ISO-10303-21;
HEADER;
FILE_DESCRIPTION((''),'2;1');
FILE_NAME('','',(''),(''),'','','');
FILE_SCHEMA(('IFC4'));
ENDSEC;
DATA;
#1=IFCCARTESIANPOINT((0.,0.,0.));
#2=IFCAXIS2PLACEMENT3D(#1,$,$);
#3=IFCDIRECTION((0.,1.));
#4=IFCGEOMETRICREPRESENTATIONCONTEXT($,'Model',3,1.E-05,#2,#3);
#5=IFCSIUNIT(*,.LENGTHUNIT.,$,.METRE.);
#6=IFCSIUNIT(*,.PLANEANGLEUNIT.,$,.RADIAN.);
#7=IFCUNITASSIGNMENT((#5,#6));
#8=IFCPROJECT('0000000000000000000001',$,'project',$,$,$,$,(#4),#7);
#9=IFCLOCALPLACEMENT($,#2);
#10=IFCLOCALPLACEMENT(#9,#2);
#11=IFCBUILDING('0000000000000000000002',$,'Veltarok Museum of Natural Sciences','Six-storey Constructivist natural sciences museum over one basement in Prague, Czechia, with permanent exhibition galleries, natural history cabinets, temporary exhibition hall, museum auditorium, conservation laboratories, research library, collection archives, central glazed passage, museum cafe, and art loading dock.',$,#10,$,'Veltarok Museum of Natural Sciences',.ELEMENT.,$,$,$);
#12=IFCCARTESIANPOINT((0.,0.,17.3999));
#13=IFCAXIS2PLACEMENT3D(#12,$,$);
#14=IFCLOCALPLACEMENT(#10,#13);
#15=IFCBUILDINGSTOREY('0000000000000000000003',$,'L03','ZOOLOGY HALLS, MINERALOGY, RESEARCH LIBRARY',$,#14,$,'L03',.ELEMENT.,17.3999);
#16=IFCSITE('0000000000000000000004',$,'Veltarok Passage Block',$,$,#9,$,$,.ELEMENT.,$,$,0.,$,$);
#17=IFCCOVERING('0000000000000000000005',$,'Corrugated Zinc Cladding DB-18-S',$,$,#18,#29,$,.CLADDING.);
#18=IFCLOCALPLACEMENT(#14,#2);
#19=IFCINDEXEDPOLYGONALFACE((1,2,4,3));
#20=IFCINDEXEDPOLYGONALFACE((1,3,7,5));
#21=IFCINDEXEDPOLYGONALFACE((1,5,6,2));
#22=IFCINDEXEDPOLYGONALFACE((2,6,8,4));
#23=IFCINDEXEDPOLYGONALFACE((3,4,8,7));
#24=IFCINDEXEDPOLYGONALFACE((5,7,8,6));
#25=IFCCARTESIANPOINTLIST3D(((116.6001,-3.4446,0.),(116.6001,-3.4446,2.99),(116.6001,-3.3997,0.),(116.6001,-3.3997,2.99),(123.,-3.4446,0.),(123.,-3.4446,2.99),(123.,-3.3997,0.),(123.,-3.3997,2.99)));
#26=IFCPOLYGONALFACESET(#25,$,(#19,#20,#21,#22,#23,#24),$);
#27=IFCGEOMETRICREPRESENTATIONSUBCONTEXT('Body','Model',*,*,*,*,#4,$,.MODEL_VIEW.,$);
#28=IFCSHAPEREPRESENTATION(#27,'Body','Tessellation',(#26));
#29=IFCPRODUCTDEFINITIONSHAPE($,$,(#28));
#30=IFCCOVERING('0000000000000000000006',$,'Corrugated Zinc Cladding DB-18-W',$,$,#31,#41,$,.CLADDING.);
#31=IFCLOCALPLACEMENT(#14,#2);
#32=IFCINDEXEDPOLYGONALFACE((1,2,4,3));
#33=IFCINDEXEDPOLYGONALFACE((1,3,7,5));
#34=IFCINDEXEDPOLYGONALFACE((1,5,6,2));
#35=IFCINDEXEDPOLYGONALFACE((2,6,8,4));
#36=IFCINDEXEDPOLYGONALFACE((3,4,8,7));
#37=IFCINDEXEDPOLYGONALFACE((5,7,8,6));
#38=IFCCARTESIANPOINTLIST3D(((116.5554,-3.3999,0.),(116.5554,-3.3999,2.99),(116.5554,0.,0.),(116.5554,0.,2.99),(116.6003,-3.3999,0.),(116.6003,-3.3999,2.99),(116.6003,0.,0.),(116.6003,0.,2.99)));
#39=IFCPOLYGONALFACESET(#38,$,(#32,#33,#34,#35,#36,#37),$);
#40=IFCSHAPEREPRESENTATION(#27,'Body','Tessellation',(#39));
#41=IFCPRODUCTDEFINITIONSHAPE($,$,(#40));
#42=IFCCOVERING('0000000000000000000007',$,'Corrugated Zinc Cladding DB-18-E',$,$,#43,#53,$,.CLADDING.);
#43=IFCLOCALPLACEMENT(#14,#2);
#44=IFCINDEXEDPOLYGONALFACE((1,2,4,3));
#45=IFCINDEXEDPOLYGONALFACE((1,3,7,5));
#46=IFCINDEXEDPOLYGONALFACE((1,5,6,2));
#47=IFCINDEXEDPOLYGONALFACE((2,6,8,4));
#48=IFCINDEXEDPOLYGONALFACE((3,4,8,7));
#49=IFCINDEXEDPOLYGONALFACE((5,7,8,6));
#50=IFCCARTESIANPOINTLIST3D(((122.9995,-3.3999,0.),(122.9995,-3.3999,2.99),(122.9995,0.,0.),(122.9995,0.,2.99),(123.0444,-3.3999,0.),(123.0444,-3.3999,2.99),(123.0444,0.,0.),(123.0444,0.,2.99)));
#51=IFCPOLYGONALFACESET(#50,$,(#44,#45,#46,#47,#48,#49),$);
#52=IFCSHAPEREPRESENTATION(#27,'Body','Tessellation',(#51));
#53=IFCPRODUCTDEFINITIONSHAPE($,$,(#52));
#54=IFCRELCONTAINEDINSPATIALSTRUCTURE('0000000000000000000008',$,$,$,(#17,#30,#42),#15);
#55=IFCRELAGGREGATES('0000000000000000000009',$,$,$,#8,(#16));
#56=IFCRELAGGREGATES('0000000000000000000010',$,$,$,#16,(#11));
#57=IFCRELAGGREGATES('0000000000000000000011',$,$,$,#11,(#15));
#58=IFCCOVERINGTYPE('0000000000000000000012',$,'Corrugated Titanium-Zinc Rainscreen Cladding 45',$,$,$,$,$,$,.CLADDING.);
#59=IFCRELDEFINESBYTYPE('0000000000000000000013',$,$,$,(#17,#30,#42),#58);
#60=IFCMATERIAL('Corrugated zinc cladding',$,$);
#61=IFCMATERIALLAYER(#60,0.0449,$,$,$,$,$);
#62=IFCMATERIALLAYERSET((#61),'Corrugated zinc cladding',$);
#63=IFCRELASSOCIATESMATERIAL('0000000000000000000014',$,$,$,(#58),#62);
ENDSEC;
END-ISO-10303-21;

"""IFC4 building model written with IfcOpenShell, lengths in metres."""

from ifc_helpers import new_model, si_unit, direction, frame, frame_2d, origin, place, context, subcontext, project, spatial, rectangle, extrude, material, layer, layer_set, type_object, element, save


model = new_model("IFC4")

# Units and contexts
model_context = context("Model", 3, precision=1e-05, world=origin(), true_north=direction((0.0, 1.0)))
body_context = subcontext(model_context, "Body", "Model", "MODEL_VIEW")
ifc_project = project(units=[si_unit("LENGTHUNIT", "METRE"), si_unit("PLANEANGLEUNIT", "RADIAN")], contexts=[model_context])

# Site, building, storey
site_placement = place(None, origin())
site = spatial("IfcSite", under=ifc_project, at=site_placement, Name="Veltarok Passage Block", CompositionType="ELEMENT", RefElevation=0.0)
building_placement = place(site_placement, origin())
building = spatial("IfcBuilding", under=site, at=building_placement, Name="Veltarok Museum of Natural Sciences", Description="Six-storey Constructivist natural sciences museum over one basement in Prague, Czechia, with permanent exhibition galleries, natural history cabinets, temporary exhibition hall, museum auditorium, conservation laboratories, research library, collection archives, central glazed passage, museum cafe, and art loading dock.", LongName="Veltarok Museum of Natural Sciences", CompositionType="ELEMENT")
storey_placement = place(building_placement, frame((0.0, 0.0, 17.3999)))
storey = spatial("IfcBuildingStorey", under=building, at=storey_placement, Name="L03", Description="ZOOLOGY HALLS, MINERALOGY, RESEARCH LIBRARY", LongName="L03", CompositionType="ELEMENT", Elevation=17.3999)

# Coverings
ifc_material_1 = material(Name="Corrugated zinc cladding")
ifc_layer_1 = layer(ifc_material_1, 0.0449)
ifc_layer_set_1 = layer_set([ifc_layer_1], Name="Corrugated zinc cladding")
covering_type = type_object("IfcCoveringType", Name="Corrugated Titanium-Zinc Rainscreen Cladding 45", PredefinedType="CLADDING", material=ifc_layer_set_1)
covering_placement = place(storey_placement, frame((116.6001, -3.4221, 0.0), z_axis=(0.0, 0.0, 1.0), x_axis=(1.0, 0.0, 0.0)))
element("IfcCovering", 1, at=covering_placement, inside=storey, type_object=covering_type, Name="Corrugated Zinc Cladding DB-18-S", PredefinedType="CLADDING", context=body_context, shape_type="SweptSolid", body=[
    extrude(rectangle(XDim=6.3999, YDim=0.0449, at=frame_2d((3.2, 0.0))), origin(), (0.0, 0.0, 1.0), 2.99),
])
for number, where, z_axis, x_axis, name in (
    (2, (116.5779, 0.0, 0.0), (0.0, 0.0, 1.0), (0.0, -1.0, 0.0), "Corrugated Zinc Cladding DB-18-W"),
    (3, (123.022, -3.3999, 0.0), (0.0, 0.0, 1.0), (0.0, 1.0, 0.0), "Corrugated Zinc Cladding DB-18-E"),
):
    element("IfcCovering", number, at=place(storey_placement, frame(where, z_axis=z_axis, x_axis=x_axis)), inside=storey, type_object=covering_type, Name=name, PredefinedType="CLADDING", context=body_context, shape_type="SweptSolid", body=[
        extrude(rectangle(XDim=3.3999, YDim=0.0449, at=frame_2d((1.7, 0.0))), origin(), (0.0, 0.0, 1.0), 2.99),
    ])

save(model, "model.ifc")
